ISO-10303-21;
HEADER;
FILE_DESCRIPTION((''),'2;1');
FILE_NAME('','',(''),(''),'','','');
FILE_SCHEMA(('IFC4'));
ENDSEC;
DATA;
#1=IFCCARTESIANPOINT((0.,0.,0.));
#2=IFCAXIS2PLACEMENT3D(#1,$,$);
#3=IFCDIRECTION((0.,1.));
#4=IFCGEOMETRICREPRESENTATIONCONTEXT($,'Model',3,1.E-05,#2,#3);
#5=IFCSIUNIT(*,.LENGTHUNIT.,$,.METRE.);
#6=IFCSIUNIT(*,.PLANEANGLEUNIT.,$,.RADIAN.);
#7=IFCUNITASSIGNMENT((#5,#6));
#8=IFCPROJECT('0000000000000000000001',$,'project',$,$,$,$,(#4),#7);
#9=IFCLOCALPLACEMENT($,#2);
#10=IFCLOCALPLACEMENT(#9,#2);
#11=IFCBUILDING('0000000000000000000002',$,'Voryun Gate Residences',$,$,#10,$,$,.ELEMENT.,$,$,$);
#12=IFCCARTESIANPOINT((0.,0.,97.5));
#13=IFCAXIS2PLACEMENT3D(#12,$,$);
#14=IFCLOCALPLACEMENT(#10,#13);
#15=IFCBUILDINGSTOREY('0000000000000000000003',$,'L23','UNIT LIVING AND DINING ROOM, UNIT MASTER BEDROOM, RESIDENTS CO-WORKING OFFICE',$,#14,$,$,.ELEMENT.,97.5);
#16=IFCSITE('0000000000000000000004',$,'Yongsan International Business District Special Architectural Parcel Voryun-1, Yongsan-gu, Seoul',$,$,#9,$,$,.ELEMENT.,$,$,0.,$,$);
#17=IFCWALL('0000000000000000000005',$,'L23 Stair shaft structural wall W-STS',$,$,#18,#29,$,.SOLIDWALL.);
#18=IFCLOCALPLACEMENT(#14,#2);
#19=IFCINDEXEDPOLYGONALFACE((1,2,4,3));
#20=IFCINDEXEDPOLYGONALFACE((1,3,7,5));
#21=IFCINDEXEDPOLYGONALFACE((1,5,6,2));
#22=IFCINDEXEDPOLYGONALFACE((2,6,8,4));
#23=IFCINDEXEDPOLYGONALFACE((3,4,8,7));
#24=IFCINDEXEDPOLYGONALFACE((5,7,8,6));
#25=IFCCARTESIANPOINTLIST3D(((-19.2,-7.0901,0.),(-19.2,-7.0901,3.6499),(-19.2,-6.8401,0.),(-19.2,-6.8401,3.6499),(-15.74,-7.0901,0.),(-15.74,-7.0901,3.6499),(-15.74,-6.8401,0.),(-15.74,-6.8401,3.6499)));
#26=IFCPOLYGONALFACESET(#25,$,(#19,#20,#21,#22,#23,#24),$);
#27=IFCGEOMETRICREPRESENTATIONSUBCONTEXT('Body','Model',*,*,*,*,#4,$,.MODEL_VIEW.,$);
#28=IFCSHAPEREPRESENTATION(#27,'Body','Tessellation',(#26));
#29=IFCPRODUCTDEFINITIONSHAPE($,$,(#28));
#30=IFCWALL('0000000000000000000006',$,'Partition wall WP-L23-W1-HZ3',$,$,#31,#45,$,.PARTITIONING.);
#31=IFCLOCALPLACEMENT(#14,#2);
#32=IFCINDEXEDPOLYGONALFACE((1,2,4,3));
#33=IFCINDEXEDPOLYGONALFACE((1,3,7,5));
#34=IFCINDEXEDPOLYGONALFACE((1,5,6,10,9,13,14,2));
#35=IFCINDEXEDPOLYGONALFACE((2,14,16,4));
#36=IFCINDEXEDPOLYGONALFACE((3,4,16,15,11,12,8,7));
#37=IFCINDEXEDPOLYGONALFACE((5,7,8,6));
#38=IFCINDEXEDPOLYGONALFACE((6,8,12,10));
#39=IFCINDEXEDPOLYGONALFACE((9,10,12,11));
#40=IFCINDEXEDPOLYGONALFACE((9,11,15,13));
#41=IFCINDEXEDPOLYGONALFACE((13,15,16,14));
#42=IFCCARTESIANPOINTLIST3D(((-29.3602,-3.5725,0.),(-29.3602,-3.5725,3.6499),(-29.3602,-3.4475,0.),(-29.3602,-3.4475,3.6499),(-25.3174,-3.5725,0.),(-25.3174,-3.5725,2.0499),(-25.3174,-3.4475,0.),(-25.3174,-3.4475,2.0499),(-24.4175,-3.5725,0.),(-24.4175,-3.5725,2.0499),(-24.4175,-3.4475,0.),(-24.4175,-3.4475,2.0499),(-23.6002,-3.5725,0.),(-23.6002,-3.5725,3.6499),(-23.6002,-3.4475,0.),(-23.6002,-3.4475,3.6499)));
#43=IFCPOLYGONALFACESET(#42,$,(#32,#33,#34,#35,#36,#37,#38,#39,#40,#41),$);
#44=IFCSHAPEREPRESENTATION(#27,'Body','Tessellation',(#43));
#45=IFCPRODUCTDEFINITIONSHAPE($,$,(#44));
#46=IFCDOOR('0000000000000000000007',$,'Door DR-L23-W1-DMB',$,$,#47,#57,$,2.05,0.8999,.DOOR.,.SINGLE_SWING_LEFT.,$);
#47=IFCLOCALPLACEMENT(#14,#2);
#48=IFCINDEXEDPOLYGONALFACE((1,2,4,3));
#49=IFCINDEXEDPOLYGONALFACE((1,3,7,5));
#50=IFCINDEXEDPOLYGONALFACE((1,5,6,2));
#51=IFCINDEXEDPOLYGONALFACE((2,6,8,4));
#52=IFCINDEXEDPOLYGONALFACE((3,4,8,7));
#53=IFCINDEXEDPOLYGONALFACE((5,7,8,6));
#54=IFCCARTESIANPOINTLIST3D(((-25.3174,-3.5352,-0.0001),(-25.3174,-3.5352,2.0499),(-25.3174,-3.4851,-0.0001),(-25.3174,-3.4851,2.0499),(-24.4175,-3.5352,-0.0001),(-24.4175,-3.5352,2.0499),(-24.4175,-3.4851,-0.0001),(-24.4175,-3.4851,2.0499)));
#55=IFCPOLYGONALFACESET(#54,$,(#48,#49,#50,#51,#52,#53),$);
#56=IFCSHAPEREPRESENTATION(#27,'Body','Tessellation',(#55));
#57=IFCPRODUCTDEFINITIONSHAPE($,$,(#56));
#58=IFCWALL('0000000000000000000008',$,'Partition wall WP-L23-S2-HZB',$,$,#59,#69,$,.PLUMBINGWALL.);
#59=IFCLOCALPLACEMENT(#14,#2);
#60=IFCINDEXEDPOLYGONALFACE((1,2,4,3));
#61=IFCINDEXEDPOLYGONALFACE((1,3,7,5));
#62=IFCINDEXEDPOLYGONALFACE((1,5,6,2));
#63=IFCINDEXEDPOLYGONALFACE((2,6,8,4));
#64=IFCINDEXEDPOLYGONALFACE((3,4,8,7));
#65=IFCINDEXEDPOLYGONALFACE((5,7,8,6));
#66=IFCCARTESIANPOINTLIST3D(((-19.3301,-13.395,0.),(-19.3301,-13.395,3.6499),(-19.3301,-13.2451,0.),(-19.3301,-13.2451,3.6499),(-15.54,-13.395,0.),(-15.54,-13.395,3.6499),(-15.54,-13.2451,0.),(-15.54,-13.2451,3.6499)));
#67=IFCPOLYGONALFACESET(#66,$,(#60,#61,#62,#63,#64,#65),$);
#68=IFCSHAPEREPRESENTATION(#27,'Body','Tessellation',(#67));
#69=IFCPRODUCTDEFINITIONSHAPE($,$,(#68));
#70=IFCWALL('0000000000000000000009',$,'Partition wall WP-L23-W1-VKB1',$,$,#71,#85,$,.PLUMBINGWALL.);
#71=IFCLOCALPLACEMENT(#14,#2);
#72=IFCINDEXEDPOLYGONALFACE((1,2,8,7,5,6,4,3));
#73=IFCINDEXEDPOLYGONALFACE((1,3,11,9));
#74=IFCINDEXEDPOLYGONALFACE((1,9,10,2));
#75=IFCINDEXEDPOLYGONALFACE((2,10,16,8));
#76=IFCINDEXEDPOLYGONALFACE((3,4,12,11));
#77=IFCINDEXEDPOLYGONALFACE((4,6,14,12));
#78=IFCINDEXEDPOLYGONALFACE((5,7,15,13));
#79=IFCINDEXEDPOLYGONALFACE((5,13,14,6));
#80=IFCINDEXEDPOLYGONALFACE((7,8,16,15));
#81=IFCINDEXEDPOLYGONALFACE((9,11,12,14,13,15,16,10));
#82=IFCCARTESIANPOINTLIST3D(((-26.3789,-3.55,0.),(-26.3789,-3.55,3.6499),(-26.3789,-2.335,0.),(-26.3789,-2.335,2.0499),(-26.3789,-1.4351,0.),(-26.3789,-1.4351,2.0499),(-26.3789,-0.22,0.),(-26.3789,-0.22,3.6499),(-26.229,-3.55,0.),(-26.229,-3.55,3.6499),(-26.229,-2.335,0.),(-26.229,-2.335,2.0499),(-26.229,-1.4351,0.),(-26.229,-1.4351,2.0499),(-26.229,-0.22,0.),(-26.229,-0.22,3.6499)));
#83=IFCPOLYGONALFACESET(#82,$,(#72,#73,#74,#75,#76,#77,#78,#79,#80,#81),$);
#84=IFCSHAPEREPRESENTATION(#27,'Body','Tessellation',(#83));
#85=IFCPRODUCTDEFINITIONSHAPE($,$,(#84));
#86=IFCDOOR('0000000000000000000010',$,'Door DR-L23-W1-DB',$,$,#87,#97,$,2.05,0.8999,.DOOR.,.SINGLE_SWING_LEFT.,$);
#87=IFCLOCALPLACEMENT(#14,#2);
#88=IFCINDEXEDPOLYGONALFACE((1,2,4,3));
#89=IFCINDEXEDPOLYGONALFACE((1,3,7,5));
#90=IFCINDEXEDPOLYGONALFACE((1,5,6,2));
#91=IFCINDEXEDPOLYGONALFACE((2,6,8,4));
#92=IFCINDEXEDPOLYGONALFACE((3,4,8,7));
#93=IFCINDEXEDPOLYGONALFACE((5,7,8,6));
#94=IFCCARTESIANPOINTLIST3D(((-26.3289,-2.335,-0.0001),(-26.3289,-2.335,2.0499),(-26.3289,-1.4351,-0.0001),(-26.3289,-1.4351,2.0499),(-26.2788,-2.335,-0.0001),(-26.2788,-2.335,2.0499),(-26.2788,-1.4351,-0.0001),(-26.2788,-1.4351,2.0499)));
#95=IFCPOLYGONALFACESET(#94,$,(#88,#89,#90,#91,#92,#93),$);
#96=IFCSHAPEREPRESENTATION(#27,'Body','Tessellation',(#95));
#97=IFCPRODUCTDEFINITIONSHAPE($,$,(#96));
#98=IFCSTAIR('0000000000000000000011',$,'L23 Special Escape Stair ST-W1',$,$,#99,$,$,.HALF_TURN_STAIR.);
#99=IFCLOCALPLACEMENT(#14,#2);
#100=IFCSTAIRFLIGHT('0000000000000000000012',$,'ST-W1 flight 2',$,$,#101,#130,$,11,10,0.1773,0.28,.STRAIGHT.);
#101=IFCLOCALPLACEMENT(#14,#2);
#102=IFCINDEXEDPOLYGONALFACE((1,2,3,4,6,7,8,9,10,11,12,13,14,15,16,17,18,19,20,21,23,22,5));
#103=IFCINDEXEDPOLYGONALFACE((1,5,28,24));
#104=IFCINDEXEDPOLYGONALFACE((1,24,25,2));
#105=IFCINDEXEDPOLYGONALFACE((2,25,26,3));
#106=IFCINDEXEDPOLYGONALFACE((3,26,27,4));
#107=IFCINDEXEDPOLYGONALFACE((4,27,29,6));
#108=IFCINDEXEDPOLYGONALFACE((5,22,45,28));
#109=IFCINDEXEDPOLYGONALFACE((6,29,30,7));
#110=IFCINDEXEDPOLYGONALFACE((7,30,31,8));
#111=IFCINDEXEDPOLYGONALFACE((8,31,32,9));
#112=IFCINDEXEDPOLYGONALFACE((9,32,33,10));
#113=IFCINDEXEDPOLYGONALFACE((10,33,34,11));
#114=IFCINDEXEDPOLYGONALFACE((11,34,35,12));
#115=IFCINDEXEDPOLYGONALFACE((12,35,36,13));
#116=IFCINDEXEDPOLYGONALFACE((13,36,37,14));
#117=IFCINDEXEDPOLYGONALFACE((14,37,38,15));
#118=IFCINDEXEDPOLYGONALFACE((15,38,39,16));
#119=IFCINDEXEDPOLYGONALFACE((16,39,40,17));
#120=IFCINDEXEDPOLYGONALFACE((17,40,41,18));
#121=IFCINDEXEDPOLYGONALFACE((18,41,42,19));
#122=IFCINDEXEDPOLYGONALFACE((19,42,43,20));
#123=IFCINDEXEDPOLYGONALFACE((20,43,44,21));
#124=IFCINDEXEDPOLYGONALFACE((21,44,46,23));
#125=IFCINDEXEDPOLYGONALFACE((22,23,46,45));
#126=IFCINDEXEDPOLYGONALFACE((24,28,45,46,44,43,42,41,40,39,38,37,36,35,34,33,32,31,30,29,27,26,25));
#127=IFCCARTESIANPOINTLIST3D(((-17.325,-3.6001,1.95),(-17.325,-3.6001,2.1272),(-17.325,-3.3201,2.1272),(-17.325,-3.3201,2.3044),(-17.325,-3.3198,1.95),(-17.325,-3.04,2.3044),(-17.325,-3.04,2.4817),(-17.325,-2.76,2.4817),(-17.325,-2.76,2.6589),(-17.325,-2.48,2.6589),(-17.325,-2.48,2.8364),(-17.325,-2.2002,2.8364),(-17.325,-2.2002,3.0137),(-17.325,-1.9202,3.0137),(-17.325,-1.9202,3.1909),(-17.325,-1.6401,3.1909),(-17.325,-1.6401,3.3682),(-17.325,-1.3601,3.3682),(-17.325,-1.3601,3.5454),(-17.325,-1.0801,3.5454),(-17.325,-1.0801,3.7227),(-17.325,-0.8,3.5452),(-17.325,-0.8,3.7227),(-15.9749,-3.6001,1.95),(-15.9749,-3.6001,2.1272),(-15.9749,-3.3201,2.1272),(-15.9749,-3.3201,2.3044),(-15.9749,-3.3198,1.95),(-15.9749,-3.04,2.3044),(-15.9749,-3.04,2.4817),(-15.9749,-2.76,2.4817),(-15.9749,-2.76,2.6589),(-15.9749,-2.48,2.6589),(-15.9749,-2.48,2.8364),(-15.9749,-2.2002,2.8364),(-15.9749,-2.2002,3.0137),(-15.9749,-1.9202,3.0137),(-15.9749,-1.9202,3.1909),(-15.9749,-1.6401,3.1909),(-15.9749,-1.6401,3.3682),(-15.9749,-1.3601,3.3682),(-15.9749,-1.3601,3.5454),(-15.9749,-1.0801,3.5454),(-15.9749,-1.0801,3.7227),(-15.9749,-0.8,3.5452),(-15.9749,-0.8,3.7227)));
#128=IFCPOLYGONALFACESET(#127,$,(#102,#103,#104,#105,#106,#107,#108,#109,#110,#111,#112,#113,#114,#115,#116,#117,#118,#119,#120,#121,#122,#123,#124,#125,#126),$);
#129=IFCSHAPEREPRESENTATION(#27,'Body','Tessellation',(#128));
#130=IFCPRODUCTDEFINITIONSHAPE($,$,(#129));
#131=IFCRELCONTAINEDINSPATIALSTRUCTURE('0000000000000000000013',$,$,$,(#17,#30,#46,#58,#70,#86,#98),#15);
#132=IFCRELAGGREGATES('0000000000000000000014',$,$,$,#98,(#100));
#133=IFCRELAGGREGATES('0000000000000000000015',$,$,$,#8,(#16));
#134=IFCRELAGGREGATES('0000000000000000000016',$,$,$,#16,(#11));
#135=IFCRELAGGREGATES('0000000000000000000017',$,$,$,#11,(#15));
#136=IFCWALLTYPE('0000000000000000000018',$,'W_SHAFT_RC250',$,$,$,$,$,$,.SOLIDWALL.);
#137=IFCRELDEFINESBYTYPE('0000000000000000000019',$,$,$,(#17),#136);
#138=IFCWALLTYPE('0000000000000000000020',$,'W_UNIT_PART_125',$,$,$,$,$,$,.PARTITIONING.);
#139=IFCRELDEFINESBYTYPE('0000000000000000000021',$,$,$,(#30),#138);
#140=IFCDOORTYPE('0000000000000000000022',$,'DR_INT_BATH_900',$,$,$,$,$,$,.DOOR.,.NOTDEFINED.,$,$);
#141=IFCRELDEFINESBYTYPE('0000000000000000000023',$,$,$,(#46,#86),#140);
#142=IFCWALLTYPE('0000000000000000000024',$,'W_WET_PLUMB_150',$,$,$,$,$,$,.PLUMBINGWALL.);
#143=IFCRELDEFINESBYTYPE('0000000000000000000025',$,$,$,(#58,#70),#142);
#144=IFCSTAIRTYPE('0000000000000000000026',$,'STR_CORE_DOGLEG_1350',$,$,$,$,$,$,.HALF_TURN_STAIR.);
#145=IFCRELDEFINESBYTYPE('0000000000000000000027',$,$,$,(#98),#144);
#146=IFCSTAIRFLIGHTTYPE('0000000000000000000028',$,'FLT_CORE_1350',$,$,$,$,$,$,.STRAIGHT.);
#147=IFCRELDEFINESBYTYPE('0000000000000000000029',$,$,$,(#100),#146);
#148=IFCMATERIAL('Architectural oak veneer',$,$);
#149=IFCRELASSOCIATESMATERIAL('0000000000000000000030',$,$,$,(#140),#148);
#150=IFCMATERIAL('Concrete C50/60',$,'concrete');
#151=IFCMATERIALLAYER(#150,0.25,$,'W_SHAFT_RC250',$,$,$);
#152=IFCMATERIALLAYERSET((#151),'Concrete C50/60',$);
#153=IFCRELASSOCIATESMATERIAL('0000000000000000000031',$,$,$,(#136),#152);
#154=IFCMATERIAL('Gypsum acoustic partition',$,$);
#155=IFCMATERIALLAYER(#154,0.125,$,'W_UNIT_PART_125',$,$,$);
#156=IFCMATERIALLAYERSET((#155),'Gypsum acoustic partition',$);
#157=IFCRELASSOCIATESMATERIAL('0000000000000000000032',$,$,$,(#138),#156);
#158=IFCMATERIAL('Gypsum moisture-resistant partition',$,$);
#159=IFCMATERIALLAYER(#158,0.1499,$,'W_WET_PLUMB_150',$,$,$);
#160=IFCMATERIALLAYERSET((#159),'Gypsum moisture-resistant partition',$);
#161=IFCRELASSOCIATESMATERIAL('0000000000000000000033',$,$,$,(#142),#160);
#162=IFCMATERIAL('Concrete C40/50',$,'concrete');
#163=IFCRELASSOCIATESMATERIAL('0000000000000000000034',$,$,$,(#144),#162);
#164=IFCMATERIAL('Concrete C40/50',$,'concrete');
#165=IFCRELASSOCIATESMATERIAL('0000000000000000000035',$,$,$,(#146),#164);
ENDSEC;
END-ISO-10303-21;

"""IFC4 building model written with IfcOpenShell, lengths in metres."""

from ifc_helpers import new_model, si_unit, direction, frame, frame_2d, origin, place, context, subcontext, project, spatial, polyline, rectangle, outline, extrude, material, layer, layer_set, type_object, element, fill, aggregate, save


model = new_model("IFC4")

# Units and contexts
model_context = context("Model", 3, precision=1e-05, world=origin(), true_north=direction((0.0, 1.0)))
body_context = subcontext(model_context, "Body", "Model", "MODEL_VIEW")
ifc_project = project(units=[si_unit("LENGTHUNIT", "METRE"), si_unit("PLANEANGLEUNIT", "RADIAN")], contexts=[model_context])

# Site, building, storey
site_placement = place(None, origin())
site = spatial("IfcSite", under=ifc_project, at=site_placement, Name="Yongsan International Business District Special Architectural Parcel Voryun-1, Yongsan-gu, Seoul", CompositionType="ELEMENT", RefElevation=0.0)
building_placement = place(site_placement, origin())
building = spatial("IfcBuilding", under=site, at=building_placement, Name="Voryun Gate Residences", CompositionType="ELEMENT")
storey_placement = place(building_placement, frame((0.0, 0.0, 97.5)))
storey = spatial("IfcBuildingStorey", under=building, at=storey_placement, Name="L23", Description="UNIT LIVING AND DINING ROOM, UNIT MASTER BEDROOM, RESIDENTS CO-WORKING OFFICE", CompositionType="ELEMENT", Elevation=97.5)

# Shared definitions
ifc_material_1 = material(Name="Architectural oak veneer")
door_type_1 = type_object("IfcDoorType", Name="DR_INT_BATH_900", OperationType="NOTDEFINED", PredefinedType="DOOR", material=ifc_material_1)

# Wall
ifc_material_2 = material(Name="Concrete C50/60", Category="concrete")
ifc_layer_1 = layer(ifc_material_2, 0.25, Name="W_SHAFT_RC250")
ifc_layer_set_1 = layer_set([ifc_layer_1], Name="Concrete C50/60")
wall_type_1 = type_object("IfcWallType", Name="W_SHAFT_RC250", PredefinedType="SOLIDWALL", material=ifc_layer_set_1)
wall_1_placement = place(storey_placement, frame((-19.2, -6.9651, 0.0), z_axis=(0.0, 0.0, 1.0), x_axis=(1.0, 0.0, 0.0)))
element("IfcWall", 1, at=wall_1_placement, inside=storey, type_object=wall_type_1, Name="L23 Stair shaft structural wall W-STS", PredefinedType="SOLIDWALL", context=body_context, shape_type="SweptSolid", body=[
    extrude(rectangle(XDim=3.46, YDim=0.25, at=frame_2d((1.73, 0.0))), origin(), (0.0, 0.0, 1.0), 3.6499),
])

# Wall, opening, door
ifc_material_3 = material(Name="Gypsum acoustic partition")
ifc_layer_2 = layer(ifc_material_3, 0.125, Name="W_UNIT_PART_125")
ifc_layer_set_2 = layer_set([ifc_layer_2], Name="Gypsum acoustic partition")
wall_type_2 = type_object("IfcWallType", Name="W_UNIT_PART_125", PredefinedType="PARTITIONING", material=ifc_layer_set_2)
wall_2_placement = place(storey_placement, frame((-29.3601, -3.51, 0.0), z_axis=(0.0, 0.0, 1.0), x_axis=(1.0, 0.0, 0.0)))
wall_2 = element("IfcWall", 2, at=wall_2_placement, inside=storey, type_object=wall_type_2, Name="Partition wall WP-L23-W1-HZ3", PredefinedType="PARTITIONING", context=body_context, shape_type="SweptSolid", body=[
    extrude(rectangle(XDim=5.76, YDim=0.125, at=frame_2d((2.8799, 0.0))), origin(), (0.0, 0.0, 1.0), 3.6499),
])
opening_1_placement = place(wall_2_placement, frame((4.0427, 0.0, 0.0)))
opening_1 = element("IfcOpeningElement", 3, at=opening_1_placement, cuts=wall_2, PredefinedType="OPENING", context=body_context, shape_type="SweptSolid", body=[
    extrude(rectangle(XDim=0.8999, YDim=2.05, at=frame_2d((0.45, 1.0249))), frame((0.0, 0.0725, 0.0), z_axis=(0.0, -1.0, 0.0), x_axis=(1.0, 0.0, 0.0)), (0.0, 0.0, 1.0), 0.145),
])
door_1_placement = place(opening_1_placement, origin())
door_1 = element("IfcDoor", 4, at=door_1_placement, inside=storey, type_object=door_type_1, Name="Door DR-L23-W1-DMB", OperationType="SINGLE_SWING_LEFT", OverallHeight=2.05, OverallWidth=0.8999, PredefinedType="DOOR", context=body_context, shape_type="SweptSolid", body=[
    extrude(rectangle(XDim=0.8999, YDim=2.05, at=frame_2d((0.45, 1.0249))), frame((0.0, 0.0249, 0.0), z_axis=(0.0, -1.0, 0.0), x_axis=(1.0, 0.0, 0.0)), (0.0, 0.0, 1.0), 0.05),
])
fill(opening_1, door_1)

# Wall
ifc_material_4 = material(Name="Gypsum moisture-resistant partition")
ifc_layer_3 = layer(ifc_material_4, 0.1499, Name="W_WET_PLUMB_150")
ifc_layer_set_3 = layer_set([ifc_layer_3], Name="Gypsum moisture-resistant partition")
wall_type_3 = type_object("IfcWallType", Name="W_WET_PLUMB_150", PredefinedType="PLUMBINGWALL", material=ifc_layer_set_3)
wall_3_placement = place(storey_placement, frame((-19.3301, -13.3201, 0.0), z_axis=(0.0, 0.0, 1.0), x_axis=(1.0, 0.0, 0.0)))
element("IfcWall", 5, at=wall_3_placement, inside=storey, type_object=wall_type_3, Name="Partition wall WP-L23-S2-HZB", PredefinedType="PLUMBINGWALL", context=body_context, shape_type="SweptSolid", body=[
    extrude(rectangle(XDim=3.79, YDim=0.1499, at=frame_2d((1.895, 0.0))), origin(), (0.0, 0.0, 1.0), 3.6499),
])

# Wall, opening, door
wall_4_placement = place(storey_placement, frame((-26.304, -3.55, 0.0), z_axis=(0.0, 0.0, 1.0), x_axis=(0.0, 1.0, 0.0)))
wall_4 = element("IfcWall", 6, at=wall_4_placement, inside=storey, type_object=wall_type_3, Name="Partition wall WP-L23-W1-VKB1", PredefinedType="PLUMBINGWALL", context=body_context, shape_type="SweptSolid", body=[
    extrude(rectangle(XDim=3.3301, YDim=0.1499, at=frame_2d((1.665, 0.0))), origin(), (0.0, 0.0, 1.0), 3.6499),
])
opening_2_placement = place(wall_4_placement, frame((1.2151, 0.0, 0.0)))
opening_2 = element("IfcOpeningElement", 7, at=opening_2_placement, cuts=wall_4, PredefinedType="OPENING", context=body_context, shape_type="SweptSolid", body=[
    extrude(rectangle(XDim=0.8999, YDim=2.05, at=frame_2d((0.45, 1.0249))), frame((0.0, 0.085, 0.0), z_axis=(0.0, -1.0, 0.0), x_axis=(1.0, 0.0, 0.0)), (0.0, 0.0, 1.0), 0.1699),
])
door_2_placement = place(opening_2_placement, origin())
door_2 = element("IfcDoor", 8, at=door_2_placement, inside=storey, type_object=door_type_1, Name="Door DR-L23-W1-DB", OperationType="SINGLE_SWING_LEFT", OverallHeight=2.05, OverallWidth=0.8999, PredefinedType="DOOR", context=body_context, shape_type="SweptSolid", body=[
    extrude(rectangle(XDim=0.8999, YDim=2.05, at=frame_2d((0.45, 1.0249))), frame((0.0, 0.0249, 0.0), z_axis=(0.0, -1.0, 0.0), x_axis=(1.0, 0.0, 0.0)), (0.0, 0.0, 1.0), 0.05),
])
fill(opening_2, door_2)

# Stair, stair flight
ifc_material_5 = material(Name="Concrete C40/50", Category="concrete")
stair_type = type_object("IfcStairType", Name="STR_CORE_DOGLEG_1350", PredefinedType="HALF_TURN_STAIR", material=ifc_material_5)
stair_placement = place(storey_placement, origin())
stair = element("IfcStair", 9, at=stair_placement, inside=storey, type_object=stair_type, Name="L23 Special Escape Stair ST-W1", PredefinedType="HALF_TURN_STAIR")
ifc_material_6 = material(Name="Concrete C40/50", Category="concrete")
stair_flight_type = type_object("IfcStairFlightType", Name="FLT_CORE_1350", PredefinedType="STRAIGHT", material=ifc_material_6)
stair_flight_placement = place(storey_placement, frame((-16.6499, -3.6001, 1.95), z_axis=(0.0, 0.0, 1.0), x_axis=(0.0, 1.0, 0.0)))
stair_flight = element("IfcStairFlight", 10, at=stair_flight_placement, type_object=stair_flight_type, Name="ST-W1 flight 2", NumberOfRisers=11, NumberOfTreads=10, PredefinedType="STRAIGHT", RiserHeight=0.1773, TreadLength=0.28, context=body_context, shape_type="SweptSolid", body=[
    extrude(outline(polyline([(0.0, 0.0), (0.0, 0.1772), (0.28, 0.1772), (0.28, 0.3545), (0.5601, 0.3545), (0.5601, 0.5317), (0.8401, 0.5317), (0.8401, 0.709), (1.1201, 0.709), (1.1201, 0.8865), (1.3999, 0.8865), (1.3999, 1.0637), (1.6799, 1.0637), (1.6799, 1.241), (1.96, 1.241), (1.96, 1.4182), (2.24, 1.4182), (2.24, 1.5955), (2.52, 1.5955), (2.52, 1.7727), (2.8, 1.7727), (2.8, 1.95), (2.8, 1.5952), (0.2803, 0.0), (0.0, 0.0)])), frame((0.0, 0.675, 0.0), z_axis=(0.0, -1.0, 0.0), x_axis=(1.0, 0.0, 0.0)), (0.0, 0.0, 1.0), 1.3501),
])
aggregate(stair, [stair_flight])

save(model, "model.ifc")
